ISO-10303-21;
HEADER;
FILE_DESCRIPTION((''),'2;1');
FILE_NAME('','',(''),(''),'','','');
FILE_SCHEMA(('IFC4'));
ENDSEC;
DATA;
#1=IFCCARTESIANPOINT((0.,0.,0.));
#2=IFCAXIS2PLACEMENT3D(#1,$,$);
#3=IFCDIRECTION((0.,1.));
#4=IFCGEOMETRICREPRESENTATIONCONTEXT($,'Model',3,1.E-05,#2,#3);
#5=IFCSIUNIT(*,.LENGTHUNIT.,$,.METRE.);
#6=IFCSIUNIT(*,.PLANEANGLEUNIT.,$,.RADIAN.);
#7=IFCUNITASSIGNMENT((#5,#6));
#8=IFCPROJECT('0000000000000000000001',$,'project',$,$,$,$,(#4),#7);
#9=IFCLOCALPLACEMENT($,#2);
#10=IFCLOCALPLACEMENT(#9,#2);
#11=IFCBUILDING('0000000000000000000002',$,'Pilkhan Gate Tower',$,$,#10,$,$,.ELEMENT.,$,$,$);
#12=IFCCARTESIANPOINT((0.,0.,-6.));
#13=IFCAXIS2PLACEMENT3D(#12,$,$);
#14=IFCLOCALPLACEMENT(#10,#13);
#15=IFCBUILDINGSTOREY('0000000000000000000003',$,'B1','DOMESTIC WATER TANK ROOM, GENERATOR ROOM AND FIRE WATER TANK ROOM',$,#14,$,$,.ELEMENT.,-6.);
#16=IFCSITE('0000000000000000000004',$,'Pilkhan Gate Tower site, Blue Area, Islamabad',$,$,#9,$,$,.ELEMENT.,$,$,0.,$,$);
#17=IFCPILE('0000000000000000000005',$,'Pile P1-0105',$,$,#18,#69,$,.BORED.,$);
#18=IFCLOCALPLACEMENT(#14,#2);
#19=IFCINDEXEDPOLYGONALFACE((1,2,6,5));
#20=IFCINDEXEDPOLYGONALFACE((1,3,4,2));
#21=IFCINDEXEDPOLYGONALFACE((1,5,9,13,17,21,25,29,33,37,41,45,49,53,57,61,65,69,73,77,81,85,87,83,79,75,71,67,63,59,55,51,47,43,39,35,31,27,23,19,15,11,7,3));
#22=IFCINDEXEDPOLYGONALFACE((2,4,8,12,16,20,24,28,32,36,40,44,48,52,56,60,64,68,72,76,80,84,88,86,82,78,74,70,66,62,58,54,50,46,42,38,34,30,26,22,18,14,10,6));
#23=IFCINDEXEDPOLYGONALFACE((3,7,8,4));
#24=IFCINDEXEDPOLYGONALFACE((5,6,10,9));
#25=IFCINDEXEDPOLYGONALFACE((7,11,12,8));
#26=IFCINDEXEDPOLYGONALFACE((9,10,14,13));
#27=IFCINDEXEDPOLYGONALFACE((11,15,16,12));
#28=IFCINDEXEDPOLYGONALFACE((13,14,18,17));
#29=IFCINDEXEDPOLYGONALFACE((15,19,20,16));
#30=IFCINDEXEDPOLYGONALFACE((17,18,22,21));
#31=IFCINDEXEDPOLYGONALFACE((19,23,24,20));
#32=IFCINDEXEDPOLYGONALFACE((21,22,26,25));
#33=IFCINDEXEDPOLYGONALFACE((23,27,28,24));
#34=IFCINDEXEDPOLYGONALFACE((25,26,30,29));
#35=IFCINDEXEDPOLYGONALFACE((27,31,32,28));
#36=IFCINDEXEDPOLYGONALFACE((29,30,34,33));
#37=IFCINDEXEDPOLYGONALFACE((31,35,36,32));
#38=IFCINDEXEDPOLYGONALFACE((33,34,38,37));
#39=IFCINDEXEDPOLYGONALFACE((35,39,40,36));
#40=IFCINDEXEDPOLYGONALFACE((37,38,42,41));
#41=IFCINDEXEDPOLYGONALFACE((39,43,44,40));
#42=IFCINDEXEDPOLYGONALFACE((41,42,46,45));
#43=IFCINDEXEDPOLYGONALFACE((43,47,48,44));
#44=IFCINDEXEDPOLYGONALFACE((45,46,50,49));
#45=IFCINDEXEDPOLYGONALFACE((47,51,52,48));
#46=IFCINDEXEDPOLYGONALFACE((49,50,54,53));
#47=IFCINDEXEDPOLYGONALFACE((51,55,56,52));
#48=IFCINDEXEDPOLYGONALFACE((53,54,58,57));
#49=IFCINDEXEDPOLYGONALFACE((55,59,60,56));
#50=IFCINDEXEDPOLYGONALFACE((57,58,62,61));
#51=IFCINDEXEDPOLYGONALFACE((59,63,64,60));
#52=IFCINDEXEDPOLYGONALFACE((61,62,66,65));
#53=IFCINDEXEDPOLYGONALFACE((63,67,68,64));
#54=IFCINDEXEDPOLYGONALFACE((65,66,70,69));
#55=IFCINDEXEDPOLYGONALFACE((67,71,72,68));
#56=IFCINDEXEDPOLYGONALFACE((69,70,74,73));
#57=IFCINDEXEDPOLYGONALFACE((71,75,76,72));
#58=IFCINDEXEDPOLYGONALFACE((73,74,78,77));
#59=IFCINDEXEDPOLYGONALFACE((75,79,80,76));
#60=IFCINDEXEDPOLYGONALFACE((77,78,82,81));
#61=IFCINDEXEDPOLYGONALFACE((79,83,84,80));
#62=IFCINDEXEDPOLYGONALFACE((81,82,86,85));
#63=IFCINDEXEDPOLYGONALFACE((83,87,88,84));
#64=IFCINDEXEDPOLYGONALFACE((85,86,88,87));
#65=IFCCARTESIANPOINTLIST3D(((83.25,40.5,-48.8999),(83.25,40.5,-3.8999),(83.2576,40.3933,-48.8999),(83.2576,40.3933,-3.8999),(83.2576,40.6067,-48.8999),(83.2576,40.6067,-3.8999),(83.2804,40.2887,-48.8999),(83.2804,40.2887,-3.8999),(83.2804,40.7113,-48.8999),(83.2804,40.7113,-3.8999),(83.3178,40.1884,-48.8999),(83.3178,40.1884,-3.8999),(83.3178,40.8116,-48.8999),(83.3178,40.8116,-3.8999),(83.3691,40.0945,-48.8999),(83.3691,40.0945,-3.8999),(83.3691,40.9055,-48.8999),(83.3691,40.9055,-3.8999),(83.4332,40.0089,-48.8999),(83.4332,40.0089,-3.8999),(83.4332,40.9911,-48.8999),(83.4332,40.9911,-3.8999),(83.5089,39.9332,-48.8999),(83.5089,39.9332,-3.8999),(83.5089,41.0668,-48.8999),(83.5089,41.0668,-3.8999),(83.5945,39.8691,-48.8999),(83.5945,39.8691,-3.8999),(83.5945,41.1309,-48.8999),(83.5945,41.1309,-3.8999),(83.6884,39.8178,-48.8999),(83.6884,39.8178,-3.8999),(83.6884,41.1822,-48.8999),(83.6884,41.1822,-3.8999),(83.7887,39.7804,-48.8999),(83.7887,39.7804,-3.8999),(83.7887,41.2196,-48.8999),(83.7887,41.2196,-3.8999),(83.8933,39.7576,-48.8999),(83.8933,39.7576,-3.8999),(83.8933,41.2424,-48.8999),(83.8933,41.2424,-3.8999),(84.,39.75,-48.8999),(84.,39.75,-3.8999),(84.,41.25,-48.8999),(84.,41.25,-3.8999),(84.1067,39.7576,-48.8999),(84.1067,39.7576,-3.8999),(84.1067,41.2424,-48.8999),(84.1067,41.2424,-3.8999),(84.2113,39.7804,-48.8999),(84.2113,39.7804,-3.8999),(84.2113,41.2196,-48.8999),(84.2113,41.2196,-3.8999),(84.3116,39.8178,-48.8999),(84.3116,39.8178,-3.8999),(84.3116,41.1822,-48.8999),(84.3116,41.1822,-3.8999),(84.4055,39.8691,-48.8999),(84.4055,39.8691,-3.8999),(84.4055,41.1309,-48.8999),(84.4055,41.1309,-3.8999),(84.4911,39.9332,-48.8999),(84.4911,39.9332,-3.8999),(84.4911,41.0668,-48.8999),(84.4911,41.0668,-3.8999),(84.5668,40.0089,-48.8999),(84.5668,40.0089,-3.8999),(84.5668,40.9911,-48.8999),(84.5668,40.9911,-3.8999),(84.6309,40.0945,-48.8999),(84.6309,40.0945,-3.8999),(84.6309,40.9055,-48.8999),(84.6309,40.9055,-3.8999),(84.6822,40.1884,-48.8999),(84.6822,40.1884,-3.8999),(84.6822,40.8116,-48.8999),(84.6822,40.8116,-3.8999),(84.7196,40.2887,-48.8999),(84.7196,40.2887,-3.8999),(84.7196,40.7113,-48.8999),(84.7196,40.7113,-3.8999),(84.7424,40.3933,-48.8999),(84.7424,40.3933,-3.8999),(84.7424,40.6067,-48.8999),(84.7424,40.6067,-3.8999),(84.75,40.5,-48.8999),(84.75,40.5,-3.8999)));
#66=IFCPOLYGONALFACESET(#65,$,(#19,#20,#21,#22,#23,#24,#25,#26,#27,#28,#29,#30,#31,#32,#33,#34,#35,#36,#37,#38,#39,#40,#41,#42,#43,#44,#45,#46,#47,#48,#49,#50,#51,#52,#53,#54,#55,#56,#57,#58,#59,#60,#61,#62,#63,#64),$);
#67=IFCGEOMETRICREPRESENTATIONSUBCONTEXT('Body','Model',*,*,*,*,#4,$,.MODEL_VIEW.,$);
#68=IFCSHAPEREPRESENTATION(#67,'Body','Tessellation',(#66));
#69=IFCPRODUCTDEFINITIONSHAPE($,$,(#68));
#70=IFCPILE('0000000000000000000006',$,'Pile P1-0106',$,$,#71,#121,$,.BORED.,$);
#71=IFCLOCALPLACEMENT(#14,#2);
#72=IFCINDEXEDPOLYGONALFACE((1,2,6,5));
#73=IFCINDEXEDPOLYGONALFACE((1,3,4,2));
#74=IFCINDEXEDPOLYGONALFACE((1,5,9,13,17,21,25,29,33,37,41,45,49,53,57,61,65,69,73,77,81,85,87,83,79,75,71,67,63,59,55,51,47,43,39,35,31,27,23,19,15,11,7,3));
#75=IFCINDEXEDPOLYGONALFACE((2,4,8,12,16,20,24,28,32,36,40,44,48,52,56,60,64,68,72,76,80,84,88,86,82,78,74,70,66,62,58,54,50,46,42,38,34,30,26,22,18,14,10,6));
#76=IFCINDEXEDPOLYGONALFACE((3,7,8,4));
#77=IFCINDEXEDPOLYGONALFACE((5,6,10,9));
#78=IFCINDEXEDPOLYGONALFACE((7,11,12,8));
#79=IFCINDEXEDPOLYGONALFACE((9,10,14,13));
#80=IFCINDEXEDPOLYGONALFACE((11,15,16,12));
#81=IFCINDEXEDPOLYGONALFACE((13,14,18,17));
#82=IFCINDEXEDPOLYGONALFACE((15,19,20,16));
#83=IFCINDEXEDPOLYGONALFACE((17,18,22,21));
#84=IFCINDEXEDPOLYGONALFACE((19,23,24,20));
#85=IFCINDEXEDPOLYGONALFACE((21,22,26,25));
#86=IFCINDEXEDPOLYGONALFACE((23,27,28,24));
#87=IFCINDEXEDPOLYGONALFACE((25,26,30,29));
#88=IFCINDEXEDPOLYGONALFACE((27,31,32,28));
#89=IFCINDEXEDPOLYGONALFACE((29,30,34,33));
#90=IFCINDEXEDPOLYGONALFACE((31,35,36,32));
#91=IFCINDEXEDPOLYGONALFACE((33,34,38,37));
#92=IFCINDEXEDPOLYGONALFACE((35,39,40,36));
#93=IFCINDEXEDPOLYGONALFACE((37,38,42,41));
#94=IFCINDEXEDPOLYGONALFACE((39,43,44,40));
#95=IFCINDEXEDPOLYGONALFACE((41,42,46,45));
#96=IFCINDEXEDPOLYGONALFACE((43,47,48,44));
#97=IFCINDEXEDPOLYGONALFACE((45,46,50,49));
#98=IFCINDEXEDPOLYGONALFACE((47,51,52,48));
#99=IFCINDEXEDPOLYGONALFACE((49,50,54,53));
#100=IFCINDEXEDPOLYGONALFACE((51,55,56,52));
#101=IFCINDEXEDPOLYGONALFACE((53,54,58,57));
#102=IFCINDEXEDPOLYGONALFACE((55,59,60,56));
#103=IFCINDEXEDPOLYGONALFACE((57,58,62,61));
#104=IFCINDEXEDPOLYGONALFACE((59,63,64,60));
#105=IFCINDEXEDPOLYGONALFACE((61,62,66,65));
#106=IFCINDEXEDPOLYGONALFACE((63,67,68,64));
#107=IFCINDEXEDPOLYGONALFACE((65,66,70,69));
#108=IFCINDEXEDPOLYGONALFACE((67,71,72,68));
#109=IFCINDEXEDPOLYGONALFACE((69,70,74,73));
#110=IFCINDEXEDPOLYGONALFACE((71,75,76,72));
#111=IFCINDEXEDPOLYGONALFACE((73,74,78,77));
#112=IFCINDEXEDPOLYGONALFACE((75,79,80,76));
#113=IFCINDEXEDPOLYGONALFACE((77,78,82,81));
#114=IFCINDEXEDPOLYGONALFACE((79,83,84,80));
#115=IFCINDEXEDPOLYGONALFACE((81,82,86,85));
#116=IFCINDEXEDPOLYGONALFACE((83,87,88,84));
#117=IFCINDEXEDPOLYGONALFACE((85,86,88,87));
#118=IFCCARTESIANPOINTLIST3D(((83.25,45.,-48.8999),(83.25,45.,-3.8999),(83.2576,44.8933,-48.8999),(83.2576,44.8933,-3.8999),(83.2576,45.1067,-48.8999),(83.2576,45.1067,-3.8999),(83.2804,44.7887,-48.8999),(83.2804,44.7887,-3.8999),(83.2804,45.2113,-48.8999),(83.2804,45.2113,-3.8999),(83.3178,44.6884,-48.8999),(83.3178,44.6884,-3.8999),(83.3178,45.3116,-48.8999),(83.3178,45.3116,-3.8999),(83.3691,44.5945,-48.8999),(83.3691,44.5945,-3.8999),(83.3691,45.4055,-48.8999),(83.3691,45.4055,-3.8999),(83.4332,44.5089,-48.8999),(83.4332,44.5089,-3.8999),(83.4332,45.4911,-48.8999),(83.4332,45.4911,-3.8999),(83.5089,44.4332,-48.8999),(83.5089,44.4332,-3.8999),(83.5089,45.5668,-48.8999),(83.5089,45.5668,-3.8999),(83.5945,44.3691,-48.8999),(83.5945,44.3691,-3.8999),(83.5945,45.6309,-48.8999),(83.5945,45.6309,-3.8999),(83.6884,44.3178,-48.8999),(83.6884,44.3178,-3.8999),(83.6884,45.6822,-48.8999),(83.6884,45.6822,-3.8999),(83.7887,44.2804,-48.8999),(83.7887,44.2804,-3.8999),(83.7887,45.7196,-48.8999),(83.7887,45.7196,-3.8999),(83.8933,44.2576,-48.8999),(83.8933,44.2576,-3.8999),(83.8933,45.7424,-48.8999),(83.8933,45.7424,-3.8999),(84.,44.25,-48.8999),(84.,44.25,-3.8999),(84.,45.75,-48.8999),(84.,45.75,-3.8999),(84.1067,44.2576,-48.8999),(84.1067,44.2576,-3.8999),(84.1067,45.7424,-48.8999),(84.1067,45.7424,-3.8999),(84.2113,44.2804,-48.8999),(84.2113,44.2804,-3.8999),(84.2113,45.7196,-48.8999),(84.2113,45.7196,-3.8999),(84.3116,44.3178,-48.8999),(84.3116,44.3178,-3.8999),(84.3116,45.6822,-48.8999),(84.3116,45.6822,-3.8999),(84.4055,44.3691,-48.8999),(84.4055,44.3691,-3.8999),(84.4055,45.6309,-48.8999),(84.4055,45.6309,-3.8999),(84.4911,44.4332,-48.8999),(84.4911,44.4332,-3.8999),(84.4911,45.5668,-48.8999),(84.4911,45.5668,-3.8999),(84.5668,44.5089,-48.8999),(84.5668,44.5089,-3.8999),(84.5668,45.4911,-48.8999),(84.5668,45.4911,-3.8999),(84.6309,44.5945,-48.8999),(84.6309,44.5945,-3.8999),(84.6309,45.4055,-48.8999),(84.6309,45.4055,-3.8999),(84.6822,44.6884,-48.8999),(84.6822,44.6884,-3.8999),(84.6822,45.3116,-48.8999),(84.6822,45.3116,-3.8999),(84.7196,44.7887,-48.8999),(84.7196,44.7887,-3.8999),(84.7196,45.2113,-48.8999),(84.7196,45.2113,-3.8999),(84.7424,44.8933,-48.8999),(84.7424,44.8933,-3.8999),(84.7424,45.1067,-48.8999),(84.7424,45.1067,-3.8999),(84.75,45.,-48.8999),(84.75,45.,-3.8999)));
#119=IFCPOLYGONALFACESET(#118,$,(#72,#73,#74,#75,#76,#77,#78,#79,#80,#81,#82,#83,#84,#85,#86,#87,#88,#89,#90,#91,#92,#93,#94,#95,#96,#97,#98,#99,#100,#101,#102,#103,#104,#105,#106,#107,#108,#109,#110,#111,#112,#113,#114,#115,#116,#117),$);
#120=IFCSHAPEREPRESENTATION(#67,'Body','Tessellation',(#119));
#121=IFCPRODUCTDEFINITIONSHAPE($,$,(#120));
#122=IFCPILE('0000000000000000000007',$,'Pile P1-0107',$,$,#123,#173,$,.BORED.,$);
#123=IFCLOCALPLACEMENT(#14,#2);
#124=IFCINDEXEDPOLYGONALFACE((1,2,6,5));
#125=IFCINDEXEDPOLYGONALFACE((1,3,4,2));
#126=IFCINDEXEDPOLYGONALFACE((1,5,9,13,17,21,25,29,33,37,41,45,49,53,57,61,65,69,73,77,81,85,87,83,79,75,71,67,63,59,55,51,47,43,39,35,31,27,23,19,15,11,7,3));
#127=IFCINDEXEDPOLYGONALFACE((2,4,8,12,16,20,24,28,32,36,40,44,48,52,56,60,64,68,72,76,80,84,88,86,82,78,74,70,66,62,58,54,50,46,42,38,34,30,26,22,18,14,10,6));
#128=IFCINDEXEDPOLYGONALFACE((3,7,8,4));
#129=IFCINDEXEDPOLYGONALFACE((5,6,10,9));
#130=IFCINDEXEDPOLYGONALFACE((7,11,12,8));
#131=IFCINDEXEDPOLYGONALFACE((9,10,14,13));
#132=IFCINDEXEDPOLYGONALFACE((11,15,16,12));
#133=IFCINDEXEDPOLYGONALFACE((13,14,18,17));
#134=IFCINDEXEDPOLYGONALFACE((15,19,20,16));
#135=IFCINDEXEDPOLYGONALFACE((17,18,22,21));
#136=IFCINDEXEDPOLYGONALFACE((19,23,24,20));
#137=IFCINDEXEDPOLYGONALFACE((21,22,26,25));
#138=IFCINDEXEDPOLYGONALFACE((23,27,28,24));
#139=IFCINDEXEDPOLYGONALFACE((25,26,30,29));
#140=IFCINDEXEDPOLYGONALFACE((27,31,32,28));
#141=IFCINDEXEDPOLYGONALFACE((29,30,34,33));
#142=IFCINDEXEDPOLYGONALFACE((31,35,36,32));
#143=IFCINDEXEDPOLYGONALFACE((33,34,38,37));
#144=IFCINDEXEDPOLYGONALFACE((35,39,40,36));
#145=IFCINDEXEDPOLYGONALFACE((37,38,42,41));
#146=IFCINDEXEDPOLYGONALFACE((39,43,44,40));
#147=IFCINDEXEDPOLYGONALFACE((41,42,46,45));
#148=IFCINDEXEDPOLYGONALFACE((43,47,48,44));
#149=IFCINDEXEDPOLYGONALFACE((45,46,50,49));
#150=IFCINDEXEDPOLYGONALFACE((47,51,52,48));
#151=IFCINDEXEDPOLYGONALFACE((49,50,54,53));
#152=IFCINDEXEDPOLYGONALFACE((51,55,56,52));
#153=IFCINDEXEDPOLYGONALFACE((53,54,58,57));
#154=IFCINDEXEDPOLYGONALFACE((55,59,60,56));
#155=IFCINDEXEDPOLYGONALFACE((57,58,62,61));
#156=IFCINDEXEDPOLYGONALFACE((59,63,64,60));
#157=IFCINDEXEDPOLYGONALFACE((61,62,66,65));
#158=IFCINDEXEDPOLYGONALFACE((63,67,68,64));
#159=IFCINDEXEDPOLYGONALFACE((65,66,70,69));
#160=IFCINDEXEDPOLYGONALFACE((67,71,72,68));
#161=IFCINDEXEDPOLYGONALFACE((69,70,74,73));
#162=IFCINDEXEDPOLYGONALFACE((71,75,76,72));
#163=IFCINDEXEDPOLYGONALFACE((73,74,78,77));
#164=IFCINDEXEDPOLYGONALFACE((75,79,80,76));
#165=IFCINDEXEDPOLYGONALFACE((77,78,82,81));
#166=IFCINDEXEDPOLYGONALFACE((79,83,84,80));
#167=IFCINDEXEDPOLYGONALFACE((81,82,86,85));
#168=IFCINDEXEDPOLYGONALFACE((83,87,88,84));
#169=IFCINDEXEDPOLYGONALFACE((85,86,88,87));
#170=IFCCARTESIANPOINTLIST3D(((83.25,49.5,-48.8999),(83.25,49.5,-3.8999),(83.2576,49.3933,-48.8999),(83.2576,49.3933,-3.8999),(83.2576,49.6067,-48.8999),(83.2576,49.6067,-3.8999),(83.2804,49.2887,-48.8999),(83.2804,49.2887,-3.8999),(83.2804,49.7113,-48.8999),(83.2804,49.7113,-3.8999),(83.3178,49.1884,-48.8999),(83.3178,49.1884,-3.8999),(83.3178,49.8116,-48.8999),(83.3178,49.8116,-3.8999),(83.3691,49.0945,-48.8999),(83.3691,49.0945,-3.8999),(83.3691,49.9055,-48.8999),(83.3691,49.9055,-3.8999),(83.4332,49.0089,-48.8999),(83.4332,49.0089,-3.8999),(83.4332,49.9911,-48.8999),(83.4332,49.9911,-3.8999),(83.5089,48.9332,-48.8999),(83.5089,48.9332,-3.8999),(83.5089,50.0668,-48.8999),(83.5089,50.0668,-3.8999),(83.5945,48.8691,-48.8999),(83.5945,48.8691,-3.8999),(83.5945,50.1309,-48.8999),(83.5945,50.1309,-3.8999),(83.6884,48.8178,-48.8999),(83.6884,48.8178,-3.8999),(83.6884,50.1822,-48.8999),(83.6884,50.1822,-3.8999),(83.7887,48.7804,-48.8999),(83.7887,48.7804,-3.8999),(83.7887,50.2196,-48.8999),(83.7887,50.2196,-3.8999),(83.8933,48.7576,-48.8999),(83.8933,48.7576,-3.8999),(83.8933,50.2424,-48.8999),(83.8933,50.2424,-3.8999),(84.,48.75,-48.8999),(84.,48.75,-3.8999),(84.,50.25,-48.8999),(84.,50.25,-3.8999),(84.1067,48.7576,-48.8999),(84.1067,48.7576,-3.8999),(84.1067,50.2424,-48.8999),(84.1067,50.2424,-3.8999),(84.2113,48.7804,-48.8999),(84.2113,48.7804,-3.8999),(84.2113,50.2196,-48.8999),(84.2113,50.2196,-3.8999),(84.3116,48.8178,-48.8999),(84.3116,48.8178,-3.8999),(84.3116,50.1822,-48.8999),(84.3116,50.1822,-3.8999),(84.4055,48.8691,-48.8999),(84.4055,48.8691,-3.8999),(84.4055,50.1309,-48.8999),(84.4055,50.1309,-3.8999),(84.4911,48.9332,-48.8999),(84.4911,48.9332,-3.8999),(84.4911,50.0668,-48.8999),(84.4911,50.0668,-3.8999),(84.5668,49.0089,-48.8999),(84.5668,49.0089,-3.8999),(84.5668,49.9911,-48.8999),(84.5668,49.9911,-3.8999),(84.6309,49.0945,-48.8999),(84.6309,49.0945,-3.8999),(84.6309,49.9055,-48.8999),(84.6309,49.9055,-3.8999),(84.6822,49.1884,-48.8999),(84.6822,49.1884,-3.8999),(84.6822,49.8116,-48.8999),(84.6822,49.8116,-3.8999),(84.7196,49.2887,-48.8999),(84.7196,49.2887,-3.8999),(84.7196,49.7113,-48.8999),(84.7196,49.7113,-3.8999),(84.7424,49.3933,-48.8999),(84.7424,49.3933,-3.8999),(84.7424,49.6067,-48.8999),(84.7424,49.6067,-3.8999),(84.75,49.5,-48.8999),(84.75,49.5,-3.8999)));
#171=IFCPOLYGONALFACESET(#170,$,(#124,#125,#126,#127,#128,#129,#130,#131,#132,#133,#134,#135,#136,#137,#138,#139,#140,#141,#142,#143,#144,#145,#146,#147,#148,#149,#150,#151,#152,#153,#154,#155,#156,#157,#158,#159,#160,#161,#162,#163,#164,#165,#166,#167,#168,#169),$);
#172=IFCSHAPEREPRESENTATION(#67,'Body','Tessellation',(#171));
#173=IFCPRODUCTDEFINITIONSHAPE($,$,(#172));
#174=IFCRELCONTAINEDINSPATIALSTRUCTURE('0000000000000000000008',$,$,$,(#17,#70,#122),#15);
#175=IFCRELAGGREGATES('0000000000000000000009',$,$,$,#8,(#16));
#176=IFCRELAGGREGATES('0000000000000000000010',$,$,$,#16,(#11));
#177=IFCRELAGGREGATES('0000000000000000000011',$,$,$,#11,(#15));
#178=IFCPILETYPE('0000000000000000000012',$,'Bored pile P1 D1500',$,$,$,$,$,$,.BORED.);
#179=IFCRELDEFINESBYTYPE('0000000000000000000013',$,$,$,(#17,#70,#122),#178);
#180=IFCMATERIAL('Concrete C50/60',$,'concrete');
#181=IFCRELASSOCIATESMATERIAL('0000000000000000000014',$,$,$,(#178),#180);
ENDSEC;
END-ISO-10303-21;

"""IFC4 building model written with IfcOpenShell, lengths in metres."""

from ifc_helpers import new_model, si_unit, direction, frame, origin, origin_2d, place, context, subcontext, project, spatial, circle, extrude, material, material_profile, profile_set, type_object, element, save


model = new_model("IFC4")

# Units and contexts
model_context = context("Model", 3, precision=1e-05, world=origin(), true_north=direction((0.0, 1.0)))
body_context = subcontext(model_context, "Body", "Model", "MODEL_VIEW")
ifc_project = project(units=[si_unit("LENGTHUNIT", "METRE"), si_unit("PLANEANGLEUNIT", "RADIAN")], contexts=[model_context])

# Site, building, storey
site_placement = place(None, origin())
site = spatial("IfcSite", under=ifc_project, at=site_placement, Name="Pilkhan Gate Tower site, Blue Area, Islamabad", CompositionType="ELEMENT", RefElevation=0.0)
building_placement = place(site_placement, origin())
building = spatial("IfcBuilding", under=site, at=building_placement, Name="Pilkhan Gate Tower", CompositionType="ELEMENT")
storey_placement = place(building_placement, frame((0.0, 0.0, -6.0)))
storey = spatial("IfcBuildingStorey", under=building, at=storey_placement, Name="B1", Description="DOMESTIC WATER TANK ROOM, GENERATOR ROOM AND FIRE WATER TANK ROOM", CompositionType="ELEMENT", Elevation=-6.0)

# Piles
ifc_material_1 = material(Name="Concrete C50/60", Category="concrete")
ifc_material_profile_1 = material_profile(ifc_material_1, circle(Radius=0.75, at=origin_2d()), Name="Bored pile 1500 dia")
ifc_profile_set_1 = profile_set([ifc_material_profile_1], Name="Concrete C50/60")
pile_type = type_object("IfcPileType", Name="Bored pile P1 D1500", PredefinedType="BORED", material=ifc_profile_set_1)
for number, where, z_axis, x_axis, name in (
    (1, (84.0, 40.5, -3.8999), (0.0, 0.0, -1.0), (1.0, 0.0, 0.0), "Pile P1-0105"),
    (2, (84.0, 45.0, -3.8999), (0.0, 0.0, -1.0), (1.0, 0.0, 0.0), "Pile P1-0106"),
    (3, (84.0, 49.5, -3.8999), (0.0, 0.0, -1.0), (1.0, 0.0, 0.0), "Pile P1-0107"),
):
    element("IfcPile", number, at=place(storey_placement, frame(where, z_axis=z_axis, x_axis=x_axis)), inside=storey, type_object=pile_type, Name=name, PredefinedType="BORED", context=body_context, shape_type="SweptSolid", body=[
        extrude(circle(Radius=0.75, at=origin_2d()), origin(), (0.0, 0.0, 1.0), 45.0),
    ])

save(model, "model.ifc")
